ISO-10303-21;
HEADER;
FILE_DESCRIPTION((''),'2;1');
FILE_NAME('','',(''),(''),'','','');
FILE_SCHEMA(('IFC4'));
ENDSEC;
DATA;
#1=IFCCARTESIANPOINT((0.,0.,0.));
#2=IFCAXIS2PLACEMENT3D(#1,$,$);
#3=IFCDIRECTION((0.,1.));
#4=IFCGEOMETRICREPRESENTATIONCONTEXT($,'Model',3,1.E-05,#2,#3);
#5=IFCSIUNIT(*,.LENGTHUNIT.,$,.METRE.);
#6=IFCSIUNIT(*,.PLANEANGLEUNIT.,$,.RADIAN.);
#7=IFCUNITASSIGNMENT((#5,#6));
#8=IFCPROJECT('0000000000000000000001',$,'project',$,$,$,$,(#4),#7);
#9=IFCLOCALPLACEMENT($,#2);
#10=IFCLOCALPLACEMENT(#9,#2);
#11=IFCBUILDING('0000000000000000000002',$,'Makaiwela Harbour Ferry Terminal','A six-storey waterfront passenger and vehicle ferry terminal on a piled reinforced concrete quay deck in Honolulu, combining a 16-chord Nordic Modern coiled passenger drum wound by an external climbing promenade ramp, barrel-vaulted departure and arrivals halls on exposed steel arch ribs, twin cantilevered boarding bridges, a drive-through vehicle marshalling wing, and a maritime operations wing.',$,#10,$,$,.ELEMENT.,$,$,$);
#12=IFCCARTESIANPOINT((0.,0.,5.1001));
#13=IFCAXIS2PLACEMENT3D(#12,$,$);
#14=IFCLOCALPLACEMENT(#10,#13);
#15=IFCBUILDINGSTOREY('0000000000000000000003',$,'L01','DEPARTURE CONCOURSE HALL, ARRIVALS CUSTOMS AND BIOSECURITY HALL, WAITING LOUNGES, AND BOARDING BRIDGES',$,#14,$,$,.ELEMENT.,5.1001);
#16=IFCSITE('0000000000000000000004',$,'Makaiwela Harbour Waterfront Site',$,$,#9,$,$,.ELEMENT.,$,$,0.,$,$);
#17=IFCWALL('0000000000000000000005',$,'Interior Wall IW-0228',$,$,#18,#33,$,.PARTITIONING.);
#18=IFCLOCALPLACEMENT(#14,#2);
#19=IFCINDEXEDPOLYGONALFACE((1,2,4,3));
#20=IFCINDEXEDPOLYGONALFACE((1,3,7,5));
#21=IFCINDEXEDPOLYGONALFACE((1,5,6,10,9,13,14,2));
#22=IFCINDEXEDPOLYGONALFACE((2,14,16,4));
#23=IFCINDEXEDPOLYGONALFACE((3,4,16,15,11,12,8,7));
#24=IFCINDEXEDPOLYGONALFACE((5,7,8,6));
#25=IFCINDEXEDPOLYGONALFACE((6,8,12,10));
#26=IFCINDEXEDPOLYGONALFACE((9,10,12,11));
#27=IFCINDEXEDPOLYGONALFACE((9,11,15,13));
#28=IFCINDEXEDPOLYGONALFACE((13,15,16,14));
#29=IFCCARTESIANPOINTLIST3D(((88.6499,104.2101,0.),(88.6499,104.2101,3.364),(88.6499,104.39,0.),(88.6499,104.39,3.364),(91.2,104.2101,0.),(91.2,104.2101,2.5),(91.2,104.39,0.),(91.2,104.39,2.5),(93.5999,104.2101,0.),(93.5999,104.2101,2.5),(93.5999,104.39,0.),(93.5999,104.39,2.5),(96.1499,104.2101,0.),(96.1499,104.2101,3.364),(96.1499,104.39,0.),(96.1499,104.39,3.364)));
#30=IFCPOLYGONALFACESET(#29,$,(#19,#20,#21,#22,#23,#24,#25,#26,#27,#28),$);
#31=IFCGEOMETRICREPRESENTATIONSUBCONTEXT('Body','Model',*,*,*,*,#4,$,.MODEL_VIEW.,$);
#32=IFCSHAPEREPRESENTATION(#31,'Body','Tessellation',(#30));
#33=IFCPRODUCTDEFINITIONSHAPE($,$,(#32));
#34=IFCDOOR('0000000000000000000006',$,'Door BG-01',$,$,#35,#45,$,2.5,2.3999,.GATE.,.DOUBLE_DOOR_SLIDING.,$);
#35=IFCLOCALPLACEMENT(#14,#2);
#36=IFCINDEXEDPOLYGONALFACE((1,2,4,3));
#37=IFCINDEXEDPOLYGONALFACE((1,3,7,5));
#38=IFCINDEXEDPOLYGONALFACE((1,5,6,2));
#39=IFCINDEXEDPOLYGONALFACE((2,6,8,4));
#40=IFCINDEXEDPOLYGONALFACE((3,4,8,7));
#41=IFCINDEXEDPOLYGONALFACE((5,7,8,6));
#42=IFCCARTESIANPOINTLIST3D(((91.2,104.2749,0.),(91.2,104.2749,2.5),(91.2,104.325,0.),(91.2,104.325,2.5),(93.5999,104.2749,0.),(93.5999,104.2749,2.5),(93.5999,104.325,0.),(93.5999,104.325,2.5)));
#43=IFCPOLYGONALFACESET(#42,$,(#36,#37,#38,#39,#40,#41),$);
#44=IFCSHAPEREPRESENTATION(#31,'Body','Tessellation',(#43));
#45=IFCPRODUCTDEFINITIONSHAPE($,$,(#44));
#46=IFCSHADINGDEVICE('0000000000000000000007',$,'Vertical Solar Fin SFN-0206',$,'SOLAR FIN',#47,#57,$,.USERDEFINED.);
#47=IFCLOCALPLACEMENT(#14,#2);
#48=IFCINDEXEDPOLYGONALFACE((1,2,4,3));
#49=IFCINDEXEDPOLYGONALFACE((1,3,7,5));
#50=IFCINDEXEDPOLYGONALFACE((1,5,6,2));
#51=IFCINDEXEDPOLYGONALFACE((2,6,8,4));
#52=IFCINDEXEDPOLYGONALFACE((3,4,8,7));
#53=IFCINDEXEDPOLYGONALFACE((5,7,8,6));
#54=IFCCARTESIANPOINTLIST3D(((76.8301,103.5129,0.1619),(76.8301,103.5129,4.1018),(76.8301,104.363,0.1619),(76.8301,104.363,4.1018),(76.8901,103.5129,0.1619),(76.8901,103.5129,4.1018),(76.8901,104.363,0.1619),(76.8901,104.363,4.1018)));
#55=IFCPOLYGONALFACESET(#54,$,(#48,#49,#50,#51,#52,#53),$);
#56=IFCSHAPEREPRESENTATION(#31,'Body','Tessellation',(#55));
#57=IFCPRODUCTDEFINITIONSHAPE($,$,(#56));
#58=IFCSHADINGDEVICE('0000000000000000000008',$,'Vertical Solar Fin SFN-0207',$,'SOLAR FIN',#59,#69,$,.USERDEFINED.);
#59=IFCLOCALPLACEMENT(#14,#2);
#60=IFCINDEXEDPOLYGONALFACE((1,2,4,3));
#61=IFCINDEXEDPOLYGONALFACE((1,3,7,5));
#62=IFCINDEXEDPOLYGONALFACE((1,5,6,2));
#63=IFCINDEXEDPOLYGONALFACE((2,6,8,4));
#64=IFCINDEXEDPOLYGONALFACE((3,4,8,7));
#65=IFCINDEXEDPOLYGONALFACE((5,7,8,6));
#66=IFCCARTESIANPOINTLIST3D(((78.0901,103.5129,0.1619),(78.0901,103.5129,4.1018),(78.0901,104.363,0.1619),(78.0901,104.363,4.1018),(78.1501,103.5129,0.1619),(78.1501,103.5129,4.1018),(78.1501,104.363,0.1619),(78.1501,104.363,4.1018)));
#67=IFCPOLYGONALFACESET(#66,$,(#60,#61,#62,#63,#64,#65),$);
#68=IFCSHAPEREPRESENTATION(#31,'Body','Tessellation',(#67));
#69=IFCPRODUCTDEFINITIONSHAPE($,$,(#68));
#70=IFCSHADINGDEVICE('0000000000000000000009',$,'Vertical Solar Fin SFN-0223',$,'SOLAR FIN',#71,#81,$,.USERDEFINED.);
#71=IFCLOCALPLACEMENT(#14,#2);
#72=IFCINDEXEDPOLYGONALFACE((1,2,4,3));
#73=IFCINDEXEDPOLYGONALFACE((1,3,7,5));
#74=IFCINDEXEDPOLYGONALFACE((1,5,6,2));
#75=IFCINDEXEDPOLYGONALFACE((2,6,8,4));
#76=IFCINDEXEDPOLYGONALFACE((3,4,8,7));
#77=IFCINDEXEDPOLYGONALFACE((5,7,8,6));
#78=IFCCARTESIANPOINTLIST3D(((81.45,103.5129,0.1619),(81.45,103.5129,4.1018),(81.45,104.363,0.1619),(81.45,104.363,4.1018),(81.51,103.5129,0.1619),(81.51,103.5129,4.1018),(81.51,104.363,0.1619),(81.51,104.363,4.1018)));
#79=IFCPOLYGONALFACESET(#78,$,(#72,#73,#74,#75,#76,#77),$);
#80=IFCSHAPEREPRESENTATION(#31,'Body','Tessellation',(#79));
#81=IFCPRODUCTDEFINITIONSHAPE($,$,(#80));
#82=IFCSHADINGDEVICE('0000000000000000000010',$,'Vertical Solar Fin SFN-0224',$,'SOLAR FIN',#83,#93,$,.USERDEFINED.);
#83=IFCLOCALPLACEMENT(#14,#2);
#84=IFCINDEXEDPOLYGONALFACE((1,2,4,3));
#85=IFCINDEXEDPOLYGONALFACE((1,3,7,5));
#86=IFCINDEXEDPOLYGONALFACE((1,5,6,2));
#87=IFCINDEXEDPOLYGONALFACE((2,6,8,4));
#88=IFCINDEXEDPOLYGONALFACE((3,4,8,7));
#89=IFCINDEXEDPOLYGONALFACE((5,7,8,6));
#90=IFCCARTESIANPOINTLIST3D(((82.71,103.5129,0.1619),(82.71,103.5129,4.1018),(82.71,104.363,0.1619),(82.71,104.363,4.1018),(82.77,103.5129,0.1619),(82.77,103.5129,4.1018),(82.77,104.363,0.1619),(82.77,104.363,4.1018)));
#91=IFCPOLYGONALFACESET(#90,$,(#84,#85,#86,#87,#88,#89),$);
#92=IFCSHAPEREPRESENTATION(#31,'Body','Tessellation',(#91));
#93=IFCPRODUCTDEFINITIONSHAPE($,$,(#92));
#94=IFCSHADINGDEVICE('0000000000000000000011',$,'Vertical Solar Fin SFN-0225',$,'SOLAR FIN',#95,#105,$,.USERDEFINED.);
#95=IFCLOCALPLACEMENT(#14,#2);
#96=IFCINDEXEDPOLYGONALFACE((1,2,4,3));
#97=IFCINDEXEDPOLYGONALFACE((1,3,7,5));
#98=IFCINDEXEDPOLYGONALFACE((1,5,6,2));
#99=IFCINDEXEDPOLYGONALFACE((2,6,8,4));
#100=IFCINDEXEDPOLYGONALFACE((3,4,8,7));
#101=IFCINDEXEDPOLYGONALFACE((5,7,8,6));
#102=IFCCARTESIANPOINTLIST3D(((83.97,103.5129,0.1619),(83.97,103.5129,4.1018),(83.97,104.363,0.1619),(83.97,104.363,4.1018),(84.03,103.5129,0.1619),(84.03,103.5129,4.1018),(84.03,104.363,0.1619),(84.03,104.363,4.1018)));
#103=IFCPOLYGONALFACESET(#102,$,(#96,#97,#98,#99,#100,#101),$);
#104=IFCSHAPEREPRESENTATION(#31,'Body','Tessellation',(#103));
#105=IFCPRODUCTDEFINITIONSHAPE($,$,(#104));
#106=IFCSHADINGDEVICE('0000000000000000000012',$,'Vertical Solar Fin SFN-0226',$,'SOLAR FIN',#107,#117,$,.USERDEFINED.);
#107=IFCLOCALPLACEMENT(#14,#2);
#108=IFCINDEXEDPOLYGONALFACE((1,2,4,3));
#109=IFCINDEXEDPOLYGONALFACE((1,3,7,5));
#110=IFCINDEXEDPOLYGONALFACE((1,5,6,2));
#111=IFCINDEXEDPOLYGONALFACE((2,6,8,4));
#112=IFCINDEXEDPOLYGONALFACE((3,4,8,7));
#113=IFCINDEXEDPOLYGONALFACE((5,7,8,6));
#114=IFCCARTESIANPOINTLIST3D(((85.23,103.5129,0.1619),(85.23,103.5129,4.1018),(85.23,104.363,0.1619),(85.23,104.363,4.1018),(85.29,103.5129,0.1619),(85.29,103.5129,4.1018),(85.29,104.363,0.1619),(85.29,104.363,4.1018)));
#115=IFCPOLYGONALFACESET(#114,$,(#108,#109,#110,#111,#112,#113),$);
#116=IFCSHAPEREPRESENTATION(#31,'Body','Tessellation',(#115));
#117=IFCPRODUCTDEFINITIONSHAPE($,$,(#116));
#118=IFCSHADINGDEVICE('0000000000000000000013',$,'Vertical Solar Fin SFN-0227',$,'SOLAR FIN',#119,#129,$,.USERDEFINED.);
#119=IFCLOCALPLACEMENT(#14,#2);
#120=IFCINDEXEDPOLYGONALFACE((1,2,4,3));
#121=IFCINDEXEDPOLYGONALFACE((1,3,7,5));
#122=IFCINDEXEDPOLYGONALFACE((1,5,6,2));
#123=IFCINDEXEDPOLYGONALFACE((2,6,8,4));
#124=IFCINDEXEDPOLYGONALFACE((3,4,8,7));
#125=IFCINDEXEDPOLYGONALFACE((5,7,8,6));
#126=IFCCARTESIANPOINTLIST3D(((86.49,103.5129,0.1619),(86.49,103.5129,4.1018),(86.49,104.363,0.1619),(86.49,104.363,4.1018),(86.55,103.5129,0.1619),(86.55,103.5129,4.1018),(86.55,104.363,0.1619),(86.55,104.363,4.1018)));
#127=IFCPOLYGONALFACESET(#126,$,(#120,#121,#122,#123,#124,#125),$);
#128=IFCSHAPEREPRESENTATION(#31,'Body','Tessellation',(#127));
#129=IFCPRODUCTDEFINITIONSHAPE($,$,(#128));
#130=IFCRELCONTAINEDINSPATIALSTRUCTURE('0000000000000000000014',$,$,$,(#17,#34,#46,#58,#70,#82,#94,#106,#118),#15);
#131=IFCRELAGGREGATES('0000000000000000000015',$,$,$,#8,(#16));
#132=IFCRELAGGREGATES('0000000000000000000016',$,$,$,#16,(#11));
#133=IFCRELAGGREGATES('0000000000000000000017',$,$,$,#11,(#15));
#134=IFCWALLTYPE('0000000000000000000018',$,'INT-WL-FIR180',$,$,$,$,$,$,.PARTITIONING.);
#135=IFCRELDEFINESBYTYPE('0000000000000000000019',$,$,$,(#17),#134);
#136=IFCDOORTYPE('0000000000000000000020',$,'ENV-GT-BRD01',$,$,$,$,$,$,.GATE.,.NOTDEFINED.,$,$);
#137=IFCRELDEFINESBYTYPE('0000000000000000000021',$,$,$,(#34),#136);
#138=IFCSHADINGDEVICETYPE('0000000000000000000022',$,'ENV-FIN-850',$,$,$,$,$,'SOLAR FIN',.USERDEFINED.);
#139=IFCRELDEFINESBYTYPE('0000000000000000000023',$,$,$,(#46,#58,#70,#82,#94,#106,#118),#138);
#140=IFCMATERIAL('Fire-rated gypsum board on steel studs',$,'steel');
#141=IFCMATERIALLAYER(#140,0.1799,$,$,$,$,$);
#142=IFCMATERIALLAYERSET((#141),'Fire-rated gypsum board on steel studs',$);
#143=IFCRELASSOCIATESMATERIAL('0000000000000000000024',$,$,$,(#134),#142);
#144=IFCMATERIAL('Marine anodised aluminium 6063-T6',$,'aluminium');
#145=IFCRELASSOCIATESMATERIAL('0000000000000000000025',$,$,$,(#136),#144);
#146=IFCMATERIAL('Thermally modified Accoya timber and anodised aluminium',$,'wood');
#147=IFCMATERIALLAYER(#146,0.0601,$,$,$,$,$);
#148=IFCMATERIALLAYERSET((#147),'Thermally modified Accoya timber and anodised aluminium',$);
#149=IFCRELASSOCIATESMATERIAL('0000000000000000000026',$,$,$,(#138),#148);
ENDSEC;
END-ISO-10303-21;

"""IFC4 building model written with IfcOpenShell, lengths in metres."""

from ifc_helpers import new_model, si_unit, direction, frame, frame_2d, origin, origin_2d, place, context, subcontext, project, spatial, rectangle, extrude, material, layer, layer_set, type_object, element, fill, save


model = new_model("IFC4")

# Units and contexts
model_context = context("Model", 3, precision=1e-05, world=origin(), true_north=direction((0.0, 1.0)))
body_context = subcontext(model_context, "Body", "Model", "MODEL_VIEW")
ifc_project = project(units=[si_unit("LENGTHUNIT", "METRE"), si_unit("PLANEANGLEUNIT", "RADIAN")], contexts=[model_context])

# Site, building, storey
site_placement = place(None, origin())
site = spatial("IfcSite", under=ifc_project, at=site_placement, Name="Makaiwela Harbour Waterfront Site", CompositionType="ELEMENT", RefElevation=0.0)
building_placement = place(site_placement, origin())
building = spatial("IfcBuilding", under=site, at=building_placement, Name="Makaiwela Harbour Ferry Terminal", Description="A six-storey waterfront passenger and vehicle ferry terminal on a piled reinforced concrete quay deck in Honolulu, combining a 16-chord Nordic Modern coiled passenger drum wound by an external climbing promenade ramp, barrel-vaulted departure and arrivals halls on exposed steel arch ribs, twin cantilevered boarding bridges, a drive-through vehicle marshalling wing, and a maritime operations wing.", CompositionType="ELEMENT")
storey_placement = place(building_placement, frame((0.0, 0.0, 5.1001)))
storey = spatial("IfcBuildingStorey", under=building, at=storey_placement, Name="L01", Description="DEPARTURE CONCOURSE HALL, ARRIVALS CUSTOMS AND BIOSECURITY HALL, WAITING LOUNGES, AND BOARDING BRIDGES", CompositionType="ELEMENT", Elevation=5.1001)

# Shared definitions
ifc_material_1 = material(Name="Marine anodised aluminium 6063-T6", Category="aluminium")

# Wall, opening, door
ifc_material_2 = material(Name="Fire-rated gypsum board on steel studs", Category="steel")
ifc_layer_1 = layer(ifc_material_2, 0.1799)
ifc_layer_set_1 = layer_set([ifc_layer_1], Name="Fire-rated gypsum board on steel studs")
wall_type_1 = type_object("IfcWallType", Name="INT-WL-FIR180", PredefinedType="PARTITIONING", material=ifc_layer_set_1)
wall_placement = place(storey_placement, frame((88.6499, 104.3, 0.0), z_axis=(0.0, 0.0, 1.0), x_axis=(1.0, 0.0, 0.0)))
wall = element("IfcWall", 1, at=wall_placement, inside=storey, type_object=wall_type_1, Name="Interior Wall IW-0228", PredefinedType="PARTITIONING", context=body_context, shape_type="SweptSolid", body=[
    extrude(rectangle(XDim=7.5, YDim=0.1799, at=frame_2d((3.75, 0.0))), origin(), (0.0, 0.0, 1.0), 3.364),
])
opening_placement = place(wall_placement, frame((2.55, 0.0, 0.0)))
opening = element("IfcOpeningElement", 2, at=opening_placement, cuts=wall, PredefinedType="OPENING", context=body_context, shape_type="SweptSolid", body=[
    extrude(rectangle(XDim=2.3999, YDim=2.5, at=frame_2d((1.2, 1.25))), frame((0.0, 0.0999, 0.0), z_axis=(0.0, -1.0, 0.0), x_axis=(1.0, 0.0, 0.0)), (0.0, 0.0, 1.0), 0.2),
])
door_type = type_object("IfcDoorType", Name="ENV-GT-BRD01", OperationType="NOTDEFINED", PredefinedType="GATE", material=ifc_material_1)
door_placement = place(opening_placement, origin())
door = element("IfcDoor", 3, at=door_placement, inside=storey, type_object=door_type, Name="Door BG-01", OperationType="DOUBLE_DOOR_SLIDING", OverallHeight=2.5, OverallWidth=2.3999, PredefinedType="GATE", context=body_context, shape_type="SweptSolid", body=[
    extrude(rectangle(XDim=2.3999, YDim=2.5, at=frame_2d((1.2, 1.25))), frame((0.0, 0.0249, 0.0), z_axis=(0.0, -1.0, 0.0), x_axis=(1.0, 0.0, 0.0)), (0.0, 0.0, 1.0), 0.05),
])
fill(opening, door)

# Shading devices
ifc_material_3 = material(Name="Thermally modified Accoya timber and anodised aluminium", Category="wood")
ifc_layer_2 = layer(ifc_material_3, 0.0601)
ifc_layer_set_2 = layer_set([ifc_layer_2], Name="Thermally modified Accoya timber and anodised aluminium")
shading_device_type = type_object("IfcShadingDeviceType", Name="ENV-FIN-850", ElementType="SOLAR FIN", PredefinedType="USERDEFINED", material=ifc_layer_set_2)
for number, where, z_axis, x_axis, name in (
    (4, (76.8601, 103.938, 0.1619), (0.0, 0.0, 1.0), (0.0, 1.0, 0.0), "Vertical Solar Fin SFN-0206"),
    (5, (78.1201, 103.938, 0.1619), (0.0, 0.0, 1.0), (0.0, 1.0, 0.0), "Vertical Solar Fin SFN-0207"),
    (6, (81.48, 103.938, 0.1619), (0.0, 0.0, 1.0), (0.0, 1.0, 0.0), "Vertical Solar Fin SFN-0223"),
    (7, (82.74, 103.938, 0.1619), (0.0, 0.0, 1.0), (0.0, 1.0, 0.0), "Vertical Solar Fin SFN-0224"),
    (8, (84.0, 103.938, 0.1619), (0.0, 0.0, 1.0), (0.0, 1.0, 0.0), "Vertical Solar Fin SFN-0225"),
    (9, (85.26, 103.938, 0.1619), (0.0, 0.0, 1.0), (0.0, 1.0, 0.0), "Vertical Solar Fin SFN-0226"),
    (10, (86.52, 103.938, 0.1619), (0.0, 0.0, 1.0), (0.0, 1.0, 0.0), "Vertical Solar Fin SFN-0227"),
):
    element("IfcShadingDevice", number, at=place(storey_placement, frame(where, z_axis=z_axis, x_axis=x_axis)), inside=storey, type_object=shading_device_type, Name=name, ObjectType="SOLAR FIN", PredefinedType="USERDEFINED", context=body_context, shape_type="SweptSolid", body=[
        extrude(rectangle(XDim=0.8501, YDim=0.0601, at=origin_2d()), origin(), (0.0, 0.0, 1.0), 3.9399),
    ])

save(model, "model.ifc")
